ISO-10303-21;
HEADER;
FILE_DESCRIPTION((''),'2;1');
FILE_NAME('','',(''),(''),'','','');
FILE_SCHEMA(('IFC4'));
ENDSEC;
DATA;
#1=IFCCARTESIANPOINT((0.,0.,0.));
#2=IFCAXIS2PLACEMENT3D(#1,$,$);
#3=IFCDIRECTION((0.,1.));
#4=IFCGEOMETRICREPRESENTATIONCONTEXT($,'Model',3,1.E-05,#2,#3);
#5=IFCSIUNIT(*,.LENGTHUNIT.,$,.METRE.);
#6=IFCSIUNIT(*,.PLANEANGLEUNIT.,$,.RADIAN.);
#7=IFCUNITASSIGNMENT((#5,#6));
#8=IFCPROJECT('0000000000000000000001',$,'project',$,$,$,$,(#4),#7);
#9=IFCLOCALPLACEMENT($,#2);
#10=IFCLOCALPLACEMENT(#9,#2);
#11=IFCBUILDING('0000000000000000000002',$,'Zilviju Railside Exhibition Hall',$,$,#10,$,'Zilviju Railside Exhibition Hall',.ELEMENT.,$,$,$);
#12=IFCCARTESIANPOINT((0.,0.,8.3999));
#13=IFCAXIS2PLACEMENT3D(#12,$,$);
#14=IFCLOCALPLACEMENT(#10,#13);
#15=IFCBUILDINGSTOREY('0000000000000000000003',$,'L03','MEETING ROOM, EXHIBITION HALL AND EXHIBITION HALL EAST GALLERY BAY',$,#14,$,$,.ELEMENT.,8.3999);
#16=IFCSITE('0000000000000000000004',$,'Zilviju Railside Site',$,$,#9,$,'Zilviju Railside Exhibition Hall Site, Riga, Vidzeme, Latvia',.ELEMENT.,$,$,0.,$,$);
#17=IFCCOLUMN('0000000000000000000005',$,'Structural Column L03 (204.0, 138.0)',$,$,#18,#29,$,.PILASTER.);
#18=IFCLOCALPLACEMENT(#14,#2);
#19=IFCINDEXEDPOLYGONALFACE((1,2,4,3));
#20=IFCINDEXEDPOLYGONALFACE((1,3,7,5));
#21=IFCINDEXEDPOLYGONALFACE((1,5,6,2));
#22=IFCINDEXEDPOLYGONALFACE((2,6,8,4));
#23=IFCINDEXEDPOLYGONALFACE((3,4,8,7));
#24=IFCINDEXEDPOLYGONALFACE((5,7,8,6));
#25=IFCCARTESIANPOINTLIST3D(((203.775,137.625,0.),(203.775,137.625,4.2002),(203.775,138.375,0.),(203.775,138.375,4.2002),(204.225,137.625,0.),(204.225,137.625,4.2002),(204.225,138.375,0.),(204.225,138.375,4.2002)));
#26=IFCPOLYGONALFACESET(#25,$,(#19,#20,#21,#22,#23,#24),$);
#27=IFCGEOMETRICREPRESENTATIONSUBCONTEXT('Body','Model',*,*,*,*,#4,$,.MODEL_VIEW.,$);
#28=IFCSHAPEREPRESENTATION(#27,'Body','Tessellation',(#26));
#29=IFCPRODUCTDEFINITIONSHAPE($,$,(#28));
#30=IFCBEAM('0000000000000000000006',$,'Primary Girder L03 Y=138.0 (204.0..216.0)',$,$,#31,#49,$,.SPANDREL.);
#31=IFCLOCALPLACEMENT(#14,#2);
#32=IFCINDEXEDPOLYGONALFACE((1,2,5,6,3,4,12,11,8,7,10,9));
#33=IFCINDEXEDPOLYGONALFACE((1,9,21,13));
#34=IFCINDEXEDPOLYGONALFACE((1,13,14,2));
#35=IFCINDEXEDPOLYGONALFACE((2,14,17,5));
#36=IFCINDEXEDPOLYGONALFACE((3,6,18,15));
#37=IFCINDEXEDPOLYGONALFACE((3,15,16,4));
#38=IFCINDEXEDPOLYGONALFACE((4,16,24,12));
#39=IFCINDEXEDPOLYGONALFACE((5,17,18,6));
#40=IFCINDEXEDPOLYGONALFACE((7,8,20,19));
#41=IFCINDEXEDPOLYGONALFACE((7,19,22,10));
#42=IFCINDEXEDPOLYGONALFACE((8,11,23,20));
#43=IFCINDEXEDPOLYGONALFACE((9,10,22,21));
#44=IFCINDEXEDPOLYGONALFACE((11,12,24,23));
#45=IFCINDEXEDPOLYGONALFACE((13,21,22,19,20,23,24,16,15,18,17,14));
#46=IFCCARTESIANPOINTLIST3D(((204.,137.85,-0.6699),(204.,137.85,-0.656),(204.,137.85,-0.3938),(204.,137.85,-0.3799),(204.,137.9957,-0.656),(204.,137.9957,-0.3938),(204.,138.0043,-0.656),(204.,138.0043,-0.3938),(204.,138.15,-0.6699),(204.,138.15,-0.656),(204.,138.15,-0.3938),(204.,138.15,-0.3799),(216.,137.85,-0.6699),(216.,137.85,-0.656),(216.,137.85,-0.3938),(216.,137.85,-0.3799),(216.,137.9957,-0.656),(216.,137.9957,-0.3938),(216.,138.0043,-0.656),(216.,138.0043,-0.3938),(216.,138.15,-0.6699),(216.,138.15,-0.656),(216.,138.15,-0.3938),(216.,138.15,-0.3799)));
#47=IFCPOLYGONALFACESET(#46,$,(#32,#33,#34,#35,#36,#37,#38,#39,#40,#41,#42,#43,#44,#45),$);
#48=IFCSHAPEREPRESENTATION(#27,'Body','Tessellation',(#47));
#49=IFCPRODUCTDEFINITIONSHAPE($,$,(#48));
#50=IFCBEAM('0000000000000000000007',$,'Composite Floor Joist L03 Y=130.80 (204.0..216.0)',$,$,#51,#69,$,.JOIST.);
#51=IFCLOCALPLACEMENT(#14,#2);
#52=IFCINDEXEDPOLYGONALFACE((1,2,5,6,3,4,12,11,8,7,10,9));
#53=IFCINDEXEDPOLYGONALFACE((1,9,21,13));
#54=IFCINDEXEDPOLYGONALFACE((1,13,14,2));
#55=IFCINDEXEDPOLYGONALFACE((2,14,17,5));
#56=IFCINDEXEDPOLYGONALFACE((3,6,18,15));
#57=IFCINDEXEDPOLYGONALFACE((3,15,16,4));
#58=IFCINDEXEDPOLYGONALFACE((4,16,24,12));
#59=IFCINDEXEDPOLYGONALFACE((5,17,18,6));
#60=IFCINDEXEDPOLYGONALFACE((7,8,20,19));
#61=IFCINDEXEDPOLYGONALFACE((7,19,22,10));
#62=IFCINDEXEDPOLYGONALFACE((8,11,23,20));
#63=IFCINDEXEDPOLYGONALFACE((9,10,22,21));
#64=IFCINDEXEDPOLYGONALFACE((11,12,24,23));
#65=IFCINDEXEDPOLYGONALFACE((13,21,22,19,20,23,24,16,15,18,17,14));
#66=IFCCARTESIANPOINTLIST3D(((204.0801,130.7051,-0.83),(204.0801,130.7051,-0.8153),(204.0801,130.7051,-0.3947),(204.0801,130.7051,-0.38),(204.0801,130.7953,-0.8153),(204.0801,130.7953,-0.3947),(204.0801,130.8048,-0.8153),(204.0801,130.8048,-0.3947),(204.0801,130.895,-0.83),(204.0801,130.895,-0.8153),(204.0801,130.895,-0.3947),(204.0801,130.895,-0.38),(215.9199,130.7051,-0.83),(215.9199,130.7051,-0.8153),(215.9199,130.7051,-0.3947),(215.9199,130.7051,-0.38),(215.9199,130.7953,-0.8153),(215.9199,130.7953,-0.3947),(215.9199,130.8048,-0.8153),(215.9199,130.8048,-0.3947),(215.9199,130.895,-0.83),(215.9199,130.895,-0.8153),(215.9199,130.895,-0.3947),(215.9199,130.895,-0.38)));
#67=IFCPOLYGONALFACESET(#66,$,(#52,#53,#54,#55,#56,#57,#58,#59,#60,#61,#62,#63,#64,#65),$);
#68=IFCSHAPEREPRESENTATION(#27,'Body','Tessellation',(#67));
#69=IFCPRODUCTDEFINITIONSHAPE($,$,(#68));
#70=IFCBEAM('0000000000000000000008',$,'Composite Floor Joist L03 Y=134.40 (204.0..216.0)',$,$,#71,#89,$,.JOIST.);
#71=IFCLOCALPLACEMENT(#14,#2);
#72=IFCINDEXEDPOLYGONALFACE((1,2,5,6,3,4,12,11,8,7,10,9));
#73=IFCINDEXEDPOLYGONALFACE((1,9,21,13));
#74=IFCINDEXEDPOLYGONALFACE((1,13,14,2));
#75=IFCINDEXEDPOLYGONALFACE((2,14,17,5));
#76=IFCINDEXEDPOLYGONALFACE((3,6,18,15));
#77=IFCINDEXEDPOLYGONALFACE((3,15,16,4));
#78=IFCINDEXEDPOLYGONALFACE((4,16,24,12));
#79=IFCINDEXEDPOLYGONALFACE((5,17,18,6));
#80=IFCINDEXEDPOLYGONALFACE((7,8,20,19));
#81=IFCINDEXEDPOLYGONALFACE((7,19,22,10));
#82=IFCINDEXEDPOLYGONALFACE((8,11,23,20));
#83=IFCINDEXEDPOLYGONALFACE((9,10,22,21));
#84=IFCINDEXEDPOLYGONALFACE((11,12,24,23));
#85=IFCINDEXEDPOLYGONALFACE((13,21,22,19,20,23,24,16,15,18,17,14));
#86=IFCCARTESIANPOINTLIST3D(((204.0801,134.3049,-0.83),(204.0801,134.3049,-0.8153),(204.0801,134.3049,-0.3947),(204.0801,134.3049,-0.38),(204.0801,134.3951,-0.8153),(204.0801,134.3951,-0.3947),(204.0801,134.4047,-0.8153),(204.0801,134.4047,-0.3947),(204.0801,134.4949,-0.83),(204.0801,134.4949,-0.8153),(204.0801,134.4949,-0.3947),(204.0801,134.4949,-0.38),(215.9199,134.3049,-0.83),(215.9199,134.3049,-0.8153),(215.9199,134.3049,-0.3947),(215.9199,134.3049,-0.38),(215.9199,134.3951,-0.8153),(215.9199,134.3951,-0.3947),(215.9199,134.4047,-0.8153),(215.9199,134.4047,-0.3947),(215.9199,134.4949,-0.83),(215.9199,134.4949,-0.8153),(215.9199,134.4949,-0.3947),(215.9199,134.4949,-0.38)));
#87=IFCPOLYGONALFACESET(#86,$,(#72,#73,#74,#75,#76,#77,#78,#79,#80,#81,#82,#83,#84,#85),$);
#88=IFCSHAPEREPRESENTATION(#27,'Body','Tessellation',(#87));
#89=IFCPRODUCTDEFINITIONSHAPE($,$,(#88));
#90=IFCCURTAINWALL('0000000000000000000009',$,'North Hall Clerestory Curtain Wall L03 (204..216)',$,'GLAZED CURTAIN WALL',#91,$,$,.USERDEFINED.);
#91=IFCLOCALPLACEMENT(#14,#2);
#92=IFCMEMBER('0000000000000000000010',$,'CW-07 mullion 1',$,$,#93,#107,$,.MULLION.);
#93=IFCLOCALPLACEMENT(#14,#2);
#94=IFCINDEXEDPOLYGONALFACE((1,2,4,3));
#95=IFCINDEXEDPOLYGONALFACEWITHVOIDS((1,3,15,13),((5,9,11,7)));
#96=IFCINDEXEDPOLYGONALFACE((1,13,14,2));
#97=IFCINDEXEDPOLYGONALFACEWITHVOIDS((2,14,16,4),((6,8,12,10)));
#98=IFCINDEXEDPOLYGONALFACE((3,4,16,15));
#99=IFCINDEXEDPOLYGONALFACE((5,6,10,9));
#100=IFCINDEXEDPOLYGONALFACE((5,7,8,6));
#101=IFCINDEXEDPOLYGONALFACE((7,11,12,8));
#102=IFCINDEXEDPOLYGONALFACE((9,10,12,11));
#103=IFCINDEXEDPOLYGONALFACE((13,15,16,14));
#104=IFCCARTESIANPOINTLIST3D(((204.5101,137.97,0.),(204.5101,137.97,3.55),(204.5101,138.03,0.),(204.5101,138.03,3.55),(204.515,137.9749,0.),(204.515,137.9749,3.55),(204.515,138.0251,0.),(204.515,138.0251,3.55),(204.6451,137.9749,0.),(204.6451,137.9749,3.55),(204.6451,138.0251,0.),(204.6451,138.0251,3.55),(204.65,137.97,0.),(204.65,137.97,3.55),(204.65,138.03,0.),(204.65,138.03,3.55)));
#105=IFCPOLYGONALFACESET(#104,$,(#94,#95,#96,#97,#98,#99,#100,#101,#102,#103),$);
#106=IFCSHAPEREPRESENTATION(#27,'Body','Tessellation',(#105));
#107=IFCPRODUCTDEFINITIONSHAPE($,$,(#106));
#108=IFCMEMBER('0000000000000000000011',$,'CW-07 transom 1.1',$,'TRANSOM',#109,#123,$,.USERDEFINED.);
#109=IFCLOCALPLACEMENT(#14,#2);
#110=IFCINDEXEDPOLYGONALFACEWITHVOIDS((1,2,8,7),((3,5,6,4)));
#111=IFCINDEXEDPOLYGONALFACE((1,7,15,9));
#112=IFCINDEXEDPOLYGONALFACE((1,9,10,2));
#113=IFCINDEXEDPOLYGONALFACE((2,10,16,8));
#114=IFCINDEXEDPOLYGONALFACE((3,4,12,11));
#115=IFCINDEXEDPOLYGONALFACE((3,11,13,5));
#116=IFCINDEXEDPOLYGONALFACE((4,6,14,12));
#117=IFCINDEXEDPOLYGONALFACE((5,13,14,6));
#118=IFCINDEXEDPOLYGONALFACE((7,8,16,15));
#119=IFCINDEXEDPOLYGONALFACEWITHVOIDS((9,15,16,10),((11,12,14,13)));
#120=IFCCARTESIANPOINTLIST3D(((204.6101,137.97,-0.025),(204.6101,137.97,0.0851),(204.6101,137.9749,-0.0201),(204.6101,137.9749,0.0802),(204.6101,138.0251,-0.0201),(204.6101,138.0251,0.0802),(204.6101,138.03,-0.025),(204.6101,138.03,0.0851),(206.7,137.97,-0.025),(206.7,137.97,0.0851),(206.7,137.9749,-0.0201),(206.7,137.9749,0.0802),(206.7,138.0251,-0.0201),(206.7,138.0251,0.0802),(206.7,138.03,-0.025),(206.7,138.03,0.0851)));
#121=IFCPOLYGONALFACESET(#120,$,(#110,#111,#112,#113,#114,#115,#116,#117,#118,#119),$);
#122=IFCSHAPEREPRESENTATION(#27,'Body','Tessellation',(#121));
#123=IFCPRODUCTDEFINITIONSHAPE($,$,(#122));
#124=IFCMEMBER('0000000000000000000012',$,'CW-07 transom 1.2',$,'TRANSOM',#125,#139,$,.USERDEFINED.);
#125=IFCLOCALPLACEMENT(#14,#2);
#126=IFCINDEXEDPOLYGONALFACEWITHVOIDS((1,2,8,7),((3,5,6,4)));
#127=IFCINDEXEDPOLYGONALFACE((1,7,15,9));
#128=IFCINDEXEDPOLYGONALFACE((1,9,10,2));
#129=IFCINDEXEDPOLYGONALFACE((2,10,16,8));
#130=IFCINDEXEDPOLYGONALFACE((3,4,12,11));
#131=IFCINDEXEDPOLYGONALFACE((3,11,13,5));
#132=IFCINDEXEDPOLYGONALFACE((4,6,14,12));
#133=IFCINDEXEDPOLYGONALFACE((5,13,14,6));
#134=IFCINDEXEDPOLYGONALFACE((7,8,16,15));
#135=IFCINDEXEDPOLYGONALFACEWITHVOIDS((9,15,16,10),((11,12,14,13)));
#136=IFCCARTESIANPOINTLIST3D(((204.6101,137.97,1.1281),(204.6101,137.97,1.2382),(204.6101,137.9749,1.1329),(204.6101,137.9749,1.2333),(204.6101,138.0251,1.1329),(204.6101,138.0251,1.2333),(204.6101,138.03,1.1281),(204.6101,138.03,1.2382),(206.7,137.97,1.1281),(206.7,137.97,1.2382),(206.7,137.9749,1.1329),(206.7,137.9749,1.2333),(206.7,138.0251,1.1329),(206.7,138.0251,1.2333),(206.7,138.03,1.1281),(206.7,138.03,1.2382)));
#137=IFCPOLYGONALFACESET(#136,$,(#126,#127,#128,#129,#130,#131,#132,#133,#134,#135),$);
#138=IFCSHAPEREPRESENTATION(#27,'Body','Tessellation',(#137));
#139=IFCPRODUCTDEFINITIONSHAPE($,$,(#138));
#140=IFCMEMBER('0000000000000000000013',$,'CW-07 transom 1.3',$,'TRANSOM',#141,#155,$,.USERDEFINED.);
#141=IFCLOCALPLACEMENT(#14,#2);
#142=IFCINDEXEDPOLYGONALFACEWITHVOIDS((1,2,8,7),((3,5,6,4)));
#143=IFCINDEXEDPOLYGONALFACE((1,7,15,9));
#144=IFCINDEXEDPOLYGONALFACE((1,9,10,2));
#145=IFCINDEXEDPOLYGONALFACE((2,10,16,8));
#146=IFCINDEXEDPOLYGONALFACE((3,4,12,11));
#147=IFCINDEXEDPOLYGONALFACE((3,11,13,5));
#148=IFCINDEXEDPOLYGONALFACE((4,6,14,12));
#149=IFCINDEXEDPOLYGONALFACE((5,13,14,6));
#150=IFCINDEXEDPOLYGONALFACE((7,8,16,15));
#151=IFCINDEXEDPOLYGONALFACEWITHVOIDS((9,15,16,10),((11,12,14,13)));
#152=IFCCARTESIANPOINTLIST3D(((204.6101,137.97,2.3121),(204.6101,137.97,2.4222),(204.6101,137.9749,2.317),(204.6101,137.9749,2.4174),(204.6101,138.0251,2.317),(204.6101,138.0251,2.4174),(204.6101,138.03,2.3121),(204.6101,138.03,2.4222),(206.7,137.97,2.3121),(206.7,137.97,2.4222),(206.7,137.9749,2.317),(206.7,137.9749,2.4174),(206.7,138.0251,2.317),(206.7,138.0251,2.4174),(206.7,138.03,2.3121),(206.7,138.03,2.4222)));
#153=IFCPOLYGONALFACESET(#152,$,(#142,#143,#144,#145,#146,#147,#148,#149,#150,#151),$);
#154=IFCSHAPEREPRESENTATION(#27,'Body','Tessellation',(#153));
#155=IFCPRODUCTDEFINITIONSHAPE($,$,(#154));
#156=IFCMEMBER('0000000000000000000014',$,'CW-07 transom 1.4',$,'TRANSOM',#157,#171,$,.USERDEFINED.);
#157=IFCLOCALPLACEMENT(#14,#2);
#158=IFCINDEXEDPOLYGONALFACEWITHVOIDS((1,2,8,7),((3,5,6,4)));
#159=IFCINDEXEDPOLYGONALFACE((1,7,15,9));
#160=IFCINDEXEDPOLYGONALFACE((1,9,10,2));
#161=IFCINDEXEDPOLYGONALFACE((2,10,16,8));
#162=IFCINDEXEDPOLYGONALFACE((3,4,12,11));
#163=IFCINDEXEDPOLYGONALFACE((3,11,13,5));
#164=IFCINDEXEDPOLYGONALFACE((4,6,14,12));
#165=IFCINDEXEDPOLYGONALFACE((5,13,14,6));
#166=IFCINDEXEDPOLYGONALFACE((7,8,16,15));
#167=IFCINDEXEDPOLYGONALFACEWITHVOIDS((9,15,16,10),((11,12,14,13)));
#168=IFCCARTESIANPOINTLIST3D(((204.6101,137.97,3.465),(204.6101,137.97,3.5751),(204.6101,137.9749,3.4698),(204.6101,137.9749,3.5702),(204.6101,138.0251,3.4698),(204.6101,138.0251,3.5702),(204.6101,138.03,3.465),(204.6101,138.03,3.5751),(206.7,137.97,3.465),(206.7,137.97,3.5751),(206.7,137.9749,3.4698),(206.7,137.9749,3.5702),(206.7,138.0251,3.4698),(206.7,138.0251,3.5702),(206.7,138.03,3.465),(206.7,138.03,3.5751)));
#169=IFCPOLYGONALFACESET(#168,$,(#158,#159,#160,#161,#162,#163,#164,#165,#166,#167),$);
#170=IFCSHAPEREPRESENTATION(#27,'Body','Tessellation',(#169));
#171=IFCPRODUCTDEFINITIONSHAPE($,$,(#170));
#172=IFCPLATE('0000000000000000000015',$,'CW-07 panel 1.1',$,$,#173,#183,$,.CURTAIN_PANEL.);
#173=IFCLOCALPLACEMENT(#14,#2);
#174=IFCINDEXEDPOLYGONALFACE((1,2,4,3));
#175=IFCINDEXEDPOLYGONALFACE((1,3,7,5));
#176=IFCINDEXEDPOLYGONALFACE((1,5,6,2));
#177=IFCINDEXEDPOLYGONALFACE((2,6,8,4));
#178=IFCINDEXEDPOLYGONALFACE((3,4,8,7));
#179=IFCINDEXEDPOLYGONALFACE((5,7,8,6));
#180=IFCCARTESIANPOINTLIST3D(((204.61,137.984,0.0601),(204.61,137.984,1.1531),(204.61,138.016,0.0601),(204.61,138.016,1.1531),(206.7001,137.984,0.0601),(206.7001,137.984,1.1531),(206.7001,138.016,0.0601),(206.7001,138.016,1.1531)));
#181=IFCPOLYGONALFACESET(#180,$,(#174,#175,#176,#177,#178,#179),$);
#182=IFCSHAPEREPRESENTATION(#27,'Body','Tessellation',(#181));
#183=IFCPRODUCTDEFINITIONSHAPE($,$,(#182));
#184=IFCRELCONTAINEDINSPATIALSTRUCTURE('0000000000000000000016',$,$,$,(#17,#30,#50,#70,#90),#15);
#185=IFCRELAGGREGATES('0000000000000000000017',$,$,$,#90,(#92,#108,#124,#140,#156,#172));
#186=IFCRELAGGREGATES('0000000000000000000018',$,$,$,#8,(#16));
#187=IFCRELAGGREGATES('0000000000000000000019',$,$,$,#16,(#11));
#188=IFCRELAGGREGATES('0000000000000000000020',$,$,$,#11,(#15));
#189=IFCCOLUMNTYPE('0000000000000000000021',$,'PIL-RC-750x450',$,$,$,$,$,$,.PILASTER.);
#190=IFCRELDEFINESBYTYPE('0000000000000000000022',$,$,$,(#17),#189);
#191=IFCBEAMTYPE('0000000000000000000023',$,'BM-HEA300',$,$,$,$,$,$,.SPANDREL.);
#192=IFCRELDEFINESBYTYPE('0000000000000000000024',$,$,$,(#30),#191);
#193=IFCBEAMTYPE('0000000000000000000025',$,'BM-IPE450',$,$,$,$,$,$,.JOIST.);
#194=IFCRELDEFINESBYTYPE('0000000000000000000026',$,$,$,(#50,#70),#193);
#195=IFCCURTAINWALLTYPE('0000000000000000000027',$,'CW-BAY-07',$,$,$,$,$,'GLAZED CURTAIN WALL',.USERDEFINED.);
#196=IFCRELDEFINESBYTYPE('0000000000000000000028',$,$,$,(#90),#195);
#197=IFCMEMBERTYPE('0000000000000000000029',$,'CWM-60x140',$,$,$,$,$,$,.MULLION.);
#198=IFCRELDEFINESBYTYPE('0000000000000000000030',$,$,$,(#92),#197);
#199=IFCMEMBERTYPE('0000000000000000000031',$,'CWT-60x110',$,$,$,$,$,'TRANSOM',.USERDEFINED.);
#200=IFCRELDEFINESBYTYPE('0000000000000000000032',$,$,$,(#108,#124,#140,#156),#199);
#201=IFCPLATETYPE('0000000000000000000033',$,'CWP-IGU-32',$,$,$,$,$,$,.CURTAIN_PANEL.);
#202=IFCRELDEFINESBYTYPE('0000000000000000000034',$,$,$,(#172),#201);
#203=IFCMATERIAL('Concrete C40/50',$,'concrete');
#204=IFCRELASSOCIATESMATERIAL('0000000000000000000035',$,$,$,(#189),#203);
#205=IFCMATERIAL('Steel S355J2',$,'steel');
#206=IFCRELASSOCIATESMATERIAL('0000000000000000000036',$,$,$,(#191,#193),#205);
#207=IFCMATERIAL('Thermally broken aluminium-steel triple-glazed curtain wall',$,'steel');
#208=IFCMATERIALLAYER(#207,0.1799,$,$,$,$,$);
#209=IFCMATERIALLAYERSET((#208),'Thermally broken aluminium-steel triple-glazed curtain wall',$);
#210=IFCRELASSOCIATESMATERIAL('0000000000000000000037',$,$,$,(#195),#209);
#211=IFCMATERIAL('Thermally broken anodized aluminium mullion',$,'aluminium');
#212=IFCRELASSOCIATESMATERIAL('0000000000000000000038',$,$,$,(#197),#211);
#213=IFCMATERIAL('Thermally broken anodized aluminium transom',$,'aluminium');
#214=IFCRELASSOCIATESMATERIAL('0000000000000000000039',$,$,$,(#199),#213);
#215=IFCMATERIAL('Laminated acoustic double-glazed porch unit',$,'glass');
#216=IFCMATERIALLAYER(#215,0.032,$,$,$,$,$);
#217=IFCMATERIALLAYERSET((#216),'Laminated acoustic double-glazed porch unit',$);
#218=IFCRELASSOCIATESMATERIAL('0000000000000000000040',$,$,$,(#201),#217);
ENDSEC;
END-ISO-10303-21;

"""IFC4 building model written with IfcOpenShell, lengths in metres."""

from ifc_helpers import new_model, si_unit, direction, frame, origin, origin_2d, place, context, subcontext, project, spatial, rectangle, hollow_rectangle, i_section, extrude, material, layer, layer_set, material_profile, profile_set, type_object, element, aggregate, save


model = new_model("IFC4")

# Units and contexts
model_context = context("Model", 3, precision=1e-05, world=origin(), true_north=direction((0.0, 1.0)))
body_context = subcontext(model_context, "Body", "Model", "MODEL_VIEW")
ifc_project = project(units=[si_unit("LENGTHUNIT", "METRE"), si_unit("PLANEANGLEUNIT", "RADIAN")], contexts=[model_context])

# Site, building, storey
site_placement = place(None, origin())
site = spatial("IfcSite", under=ifc_project, at=site_placement, Name="Zilviju Railside Site", LongName="Zilviju Railside Exhibition Hall Site, Riga, Vidzeme, Latvia", CompositionType="ELEMENT", RefElevation=0.0)
building_placement = place(site_placement, origin())
building = spatial("IfcBuilding", under=site, at=building_placement, Name="Zilviju Railside Exhibition Hall", LongName="Zilviju Railside Exhibition Hall", CompositionType="ELEMENT")
storey_placement = place(building_placement, frame((0.0, 0.0, 8.3999)))
storey = spatial("IfcBuildingStorey", under=building, at=storey_placement, Name="L03", Description="MEETING ROOM, EXHIBITION HALL AND EXHIBITION HALL EAST GALLERY BAY", CompositionType="ELEMENT", Elevation=8.3999)

# Column
ifc_material_1 = material(Name="Concrete C40/50", Category="concrete")
ifc_material_profile_1 = material_profile(ifc_material_1, rectangle(XDim=0.45, YDim=0.75, at=origin_2d()), Name="RC COL 450x750")
ifc_profile_set_1 = profile_set([ifc_material_profile_1], Name="Concrete C40/50")
column_type = type_object("IfcColumnType", Name="PIL-RC-750x450", PredefinedType="PILASTER", material=ifc_profile_set_1)
column_placement = place(storey_placement, frame((204.0, 138.0, 0.0), z_axis=(0.0, 0.0, 1.0), x_axis=(1.0, 0.0, 0.0)))
element("IfcColumn", 1, at=column_placement, inside=storey, type_object=column_type, Name="Structural Column L03 (204.0, 138.0)", PredefinedType="PILASTER", context=body_context, shape_type="SweptSolid", body=[
    extrude(rectangle(XDim=0.45, YDim=0.75, at=origin_2d()), origin(), (0.0, 0.0, 1.0), 4.2002),
])

# Beams
ifc_material_2 = material(Name="Steel S355J2", Category="steel")
ifc_material_profile_2 = material_profile(ifc_material_2, i_section(OverallWidth=0.3, OverallDepth=0.29, WebThickness=0.0085, FlangeThickness=0.0139, at=origin_2d()), Name="HEA 300")
ifc_profile_set_2 = profile_set([ifc_material_profile_2], Name="Steel S355J2")
beam_type_1 = type_object("IfcBeamType", Name="BM-HEA300", PredefinedType="SPANDREL", material=ifc_profile_set_2)
beam_placement = place(storey_placement, frame((204.0, 138.0, -0.5249), z_axis=(1.0, 0.0, 0.0), x_axis=(0.0, 1.0, 0.0)))
element("IfcBeam", 2, at=beam_placement, inside=storey, type_object=beam_type_1, Name="Primary Girder L03 Y=138.0 (204.0..216.0)", PredefinedType="SPANDREL", context=body_context, shape_type="SweptSolid", body=[
    extrude(i_section(OverallWidth=0.3, OverallDepth=0.29, WebThickness=0.0085, FlangeThickness=0.0139, at=origin_2d()), origin(), (0.0, 0.0, 1.0), 12.0),
])
ifc_material_profile_3 = material_profile(ifc_material_2, i_section(OverallWidth=0.1899, OverallDepth=0.45, WebThickness=0.0095, FlangeThickness=0.0146, at=origin_2d()), Name="IPE 450")
ifc_profile_set_3 = profile_set([ifc_material_profile_3], Name="Steel S355J2")
beam_type_2 = type_object("IfcBeamType", Name="BM-IPE450", PredefinedType="JOIST", material=ifc_profile_set_3)
for number, where, z_axis, x_axis, name in (
    (3, (204.0801, 130.8, -0.605), (1.0, 0.0, 0.0), (0.0, 1.0, 0.0), "Composite Floor Joist L03 Y=130.80 (204.0..216.0)"),
    (4, (204.0801, 134.3999, -0.605), (1.0, 0.0, 0.0), (0.0, 1.0, 0.0), "Composite Floor Joist L03 Y=134.40 (204.0..216.0)"),
):
    element("IfcBeam", number, at=place(storey_placement, frame(where, z_axis=z_axis, x_axis=x_axis)), inside=storey, type_object=beam_type_2, Name=name, PredefinedType="JOIST", context=body_context, shape_type="SweptSolid", body=[
        extrude(i_section(OverallWidth=0.1899, OverallDepth=0.45, WebThickness=0.0095, FlangeThickness=0.0146, at=origin_2d()), origin(), (0.0, 0.0, 1.0), 11.8398),
    ])

# Curtain wall, members, plate
ifc_material_3 = material(Name="Thermally broken aluminium-steel triple-glazed curtain wall", Category="steel")
ifc_layer_1 = layer(ifc_material_3, 0.1799)
ifc_layer_set_1 = layer_set([ifc_layer_1], Name="Thermally broken aluminium-steel triple-glazed curtain wall")
curtain_wall_type = type_object("IfcCurtainWallType", Name="CW-BAY-07", ElementType="GLAZED CURTAIN WALL", PredefinedType="USERDEFINED", material=ifc_layer_set_1)
curtain_wall_placement = place(storey_placement, origin())
curtain_wall = element("IfcCurtainWall", 5, at=curtain_wall_placement, inside=storey, type_object=curtain_wall_type, Name="North Hall Clerestory Curtain Wall L03 (204..216)", ObjectType="GLAZED CURTAIN WALL", PredefinedType="USERDEFINED")
ifc_material_4 = material(Name="Thermally broken anodized aluminium mullion", Category="aluminium")
ifc_material_profile_4 = material_profile(ifc_material_4, hollow_rectangle(XDim=0.0601, YDim=0.1399, WallThickness=0.0049, at=origin_2d()), Name="MULLION 140x60x5")
ifc_profile_set_4 = profile_set([ifc_material_profile_4], Name="Thermally broken anodized aluminium mullion")
member_type_1 = type_object("IfcMemberType", Name="CWM-60x140", PredefinedType="MULLION", material=ifc_profile_set_4)
member_1_placement = place(storey_placement, frame((204.5801, 138.0, 0.0), z_axis=(0.0, 0.0, 1.0), x_axis=(0.0, 1.0, 0.0)))
member_1 = element("IfcMember", 6, at=member_1_placement, type_object=member_type_1, Name="CW-07 mullion 1", PredefinedType="MULLION", context=body_context, shape_type="SweptSolid", body=[
    extrude(hollow_rectangle(XDim=0.0601, YDim=0.1399, WallThickness=0.0049, at=origin_2d()), origin(), (0.0, 0.0, 1.0), 3.55),
])
ifc_material_5 = material(Name="Thermally broken anodized aluminium transom", Category="aluminium")
ifc_material_profile_5 = material_profile(ifc_material_5, hollow_rectangle(XDim=0.0601, YDim=0.1101, WallThickness=0.0049, at=origin_2d()), Name="TRANSOM 110x60x5")
ifc_profile_set_5 = profile_set([ifc_material_profile_5], Name="Thermally broken anodized aluminium transom")
member_type_2 = type_object("IfcMemberType", Name="CWT-60x110", ElementType="TRANSOM", PredefinedType="USERDEFINED", material=ifc_profile_set_5)
member_2_placement = place(storey_placement, frame((204.6101, 138.0, 0.03), z_axis=(1.0, 0.0, 0.0), x_axis=(0.0, 1.0, 0.0)))
member_2 = element("IfcMember", 7, at=member_2_placement, type_object=member_type_2, Name="CW-07 transom 1.1", ObjectType="TRANSOM", PredefinedType="USERDEFINED", context=body_context, shape_type="SweptSolid", body=[
    extrude(hollow_rectangle(XDim=0.0601, YDim=0.1101, WallThickness=0.0049, at=origin_2d()), origin(), (0.0, 0.0, 1.0), 2.0898),
])
member_3_placement = place(storey_placement, frame((204.6101, 138.0, 1.1831), z_axis=(1.0, 0.0, 0.0), x_axis=(0.0, 1.0, 0.0)))
member_3 = element("IfcMember", 8, at=member_3_placement, type_object=member_type_2, Name="CW-07 transom 1.2", ObjectType="TRANSOM", PredefinedType="USERDEFINED", context=body_context, shape_type="SweptSolid", body=[
    extrude(hollow_rectangle(XDim=0.0601, YDim=0.1101, WallThickness=0.0049, at=origin_2d()), origin(), (0.0, 0.0, 1.0), 2.0898),
])
member_4_placement = place(storey_placement, frame((204.6101, 138.0, 2.3672), z_axis=(1.0, 0.0, 0.0), x_axis=(0.0, 1.0, 0.0)))
member_4 = element("IfcMember", 9, at=member_4_placement, type_object=member_type_2, Name="CW-07 transom 1.3", ObjectType="TRANSOM", PredefinedType="USERDEFINED", context=body_context, shape_type="SweptSolid", body=[
    extrude(hollow_rectangle(XDim=0.0601, YDim=0.1101, WallThickness=0.0049, at=origin_2d()), origin(), (0.0, 0.0, 1.0), 2.0898),
])
member_5_placement = place(storey_placement, frame((204.6101, 138.0, 3.52), z_axis=(1.0, 0.0, 0.0), x_axis=(0.0, 1.0, 0.0)))
member_5 = element("IfcMember", 10, at=member_5_placement, type_object=member_type_2, Name="CW-07 transom 1.4", ObjectType="TRANSOM", PredefinedType="USERDEFINED", context=body_context, shape_type="SweptSolid", body=[
    extrude(hollow_rectangle(XDim=0.0601, YDim=0.1101, WallThickness=0.0049, at=origin_2d()), origin(), (0.0, 0.0, 1.0), 2.0898),
])
ifc_material_6 = material(Name="Laminated acoustic double-glazed porch unit", Category="glass")
ifc_layer_2 = layer(ifc_material_6, 0.032)
ifc_layer_set_2 = layer_set([ifc_layer_2], Name="Laminated acoustic double-glazed porch unit")
plate_type = type_object("IfcPlateType", Name="CWP-IGU-32", PredefinedType="CURTAIN_PANEL", material=ifc_layer_set_2)
plate_placement = place(storey_placement, frame((205.655, 138.0, 0.0601), z_axis=(0.0, 0.0, 1.0), x_axis=(1.0, 0.0, 0.0)))
plate = element("IfcPlate", 11, at=plate_placement, type_object=plate_type, Name="CW-07 panel 1.1", PredefinedType="CURTAIN_PANEL", context=body_context, shape_type="SweptSolid", body=[
    extrude(rectangle(XDim=2.0901, YDim=0.032, at=origin_2d()), origin(), (0.0, 0.0, 1.0), 1.093),
])
aggregate(curtain_wall, [member_1, member_2, member_3, member_4, member_5, plate])

save(model, "model.ifc")
